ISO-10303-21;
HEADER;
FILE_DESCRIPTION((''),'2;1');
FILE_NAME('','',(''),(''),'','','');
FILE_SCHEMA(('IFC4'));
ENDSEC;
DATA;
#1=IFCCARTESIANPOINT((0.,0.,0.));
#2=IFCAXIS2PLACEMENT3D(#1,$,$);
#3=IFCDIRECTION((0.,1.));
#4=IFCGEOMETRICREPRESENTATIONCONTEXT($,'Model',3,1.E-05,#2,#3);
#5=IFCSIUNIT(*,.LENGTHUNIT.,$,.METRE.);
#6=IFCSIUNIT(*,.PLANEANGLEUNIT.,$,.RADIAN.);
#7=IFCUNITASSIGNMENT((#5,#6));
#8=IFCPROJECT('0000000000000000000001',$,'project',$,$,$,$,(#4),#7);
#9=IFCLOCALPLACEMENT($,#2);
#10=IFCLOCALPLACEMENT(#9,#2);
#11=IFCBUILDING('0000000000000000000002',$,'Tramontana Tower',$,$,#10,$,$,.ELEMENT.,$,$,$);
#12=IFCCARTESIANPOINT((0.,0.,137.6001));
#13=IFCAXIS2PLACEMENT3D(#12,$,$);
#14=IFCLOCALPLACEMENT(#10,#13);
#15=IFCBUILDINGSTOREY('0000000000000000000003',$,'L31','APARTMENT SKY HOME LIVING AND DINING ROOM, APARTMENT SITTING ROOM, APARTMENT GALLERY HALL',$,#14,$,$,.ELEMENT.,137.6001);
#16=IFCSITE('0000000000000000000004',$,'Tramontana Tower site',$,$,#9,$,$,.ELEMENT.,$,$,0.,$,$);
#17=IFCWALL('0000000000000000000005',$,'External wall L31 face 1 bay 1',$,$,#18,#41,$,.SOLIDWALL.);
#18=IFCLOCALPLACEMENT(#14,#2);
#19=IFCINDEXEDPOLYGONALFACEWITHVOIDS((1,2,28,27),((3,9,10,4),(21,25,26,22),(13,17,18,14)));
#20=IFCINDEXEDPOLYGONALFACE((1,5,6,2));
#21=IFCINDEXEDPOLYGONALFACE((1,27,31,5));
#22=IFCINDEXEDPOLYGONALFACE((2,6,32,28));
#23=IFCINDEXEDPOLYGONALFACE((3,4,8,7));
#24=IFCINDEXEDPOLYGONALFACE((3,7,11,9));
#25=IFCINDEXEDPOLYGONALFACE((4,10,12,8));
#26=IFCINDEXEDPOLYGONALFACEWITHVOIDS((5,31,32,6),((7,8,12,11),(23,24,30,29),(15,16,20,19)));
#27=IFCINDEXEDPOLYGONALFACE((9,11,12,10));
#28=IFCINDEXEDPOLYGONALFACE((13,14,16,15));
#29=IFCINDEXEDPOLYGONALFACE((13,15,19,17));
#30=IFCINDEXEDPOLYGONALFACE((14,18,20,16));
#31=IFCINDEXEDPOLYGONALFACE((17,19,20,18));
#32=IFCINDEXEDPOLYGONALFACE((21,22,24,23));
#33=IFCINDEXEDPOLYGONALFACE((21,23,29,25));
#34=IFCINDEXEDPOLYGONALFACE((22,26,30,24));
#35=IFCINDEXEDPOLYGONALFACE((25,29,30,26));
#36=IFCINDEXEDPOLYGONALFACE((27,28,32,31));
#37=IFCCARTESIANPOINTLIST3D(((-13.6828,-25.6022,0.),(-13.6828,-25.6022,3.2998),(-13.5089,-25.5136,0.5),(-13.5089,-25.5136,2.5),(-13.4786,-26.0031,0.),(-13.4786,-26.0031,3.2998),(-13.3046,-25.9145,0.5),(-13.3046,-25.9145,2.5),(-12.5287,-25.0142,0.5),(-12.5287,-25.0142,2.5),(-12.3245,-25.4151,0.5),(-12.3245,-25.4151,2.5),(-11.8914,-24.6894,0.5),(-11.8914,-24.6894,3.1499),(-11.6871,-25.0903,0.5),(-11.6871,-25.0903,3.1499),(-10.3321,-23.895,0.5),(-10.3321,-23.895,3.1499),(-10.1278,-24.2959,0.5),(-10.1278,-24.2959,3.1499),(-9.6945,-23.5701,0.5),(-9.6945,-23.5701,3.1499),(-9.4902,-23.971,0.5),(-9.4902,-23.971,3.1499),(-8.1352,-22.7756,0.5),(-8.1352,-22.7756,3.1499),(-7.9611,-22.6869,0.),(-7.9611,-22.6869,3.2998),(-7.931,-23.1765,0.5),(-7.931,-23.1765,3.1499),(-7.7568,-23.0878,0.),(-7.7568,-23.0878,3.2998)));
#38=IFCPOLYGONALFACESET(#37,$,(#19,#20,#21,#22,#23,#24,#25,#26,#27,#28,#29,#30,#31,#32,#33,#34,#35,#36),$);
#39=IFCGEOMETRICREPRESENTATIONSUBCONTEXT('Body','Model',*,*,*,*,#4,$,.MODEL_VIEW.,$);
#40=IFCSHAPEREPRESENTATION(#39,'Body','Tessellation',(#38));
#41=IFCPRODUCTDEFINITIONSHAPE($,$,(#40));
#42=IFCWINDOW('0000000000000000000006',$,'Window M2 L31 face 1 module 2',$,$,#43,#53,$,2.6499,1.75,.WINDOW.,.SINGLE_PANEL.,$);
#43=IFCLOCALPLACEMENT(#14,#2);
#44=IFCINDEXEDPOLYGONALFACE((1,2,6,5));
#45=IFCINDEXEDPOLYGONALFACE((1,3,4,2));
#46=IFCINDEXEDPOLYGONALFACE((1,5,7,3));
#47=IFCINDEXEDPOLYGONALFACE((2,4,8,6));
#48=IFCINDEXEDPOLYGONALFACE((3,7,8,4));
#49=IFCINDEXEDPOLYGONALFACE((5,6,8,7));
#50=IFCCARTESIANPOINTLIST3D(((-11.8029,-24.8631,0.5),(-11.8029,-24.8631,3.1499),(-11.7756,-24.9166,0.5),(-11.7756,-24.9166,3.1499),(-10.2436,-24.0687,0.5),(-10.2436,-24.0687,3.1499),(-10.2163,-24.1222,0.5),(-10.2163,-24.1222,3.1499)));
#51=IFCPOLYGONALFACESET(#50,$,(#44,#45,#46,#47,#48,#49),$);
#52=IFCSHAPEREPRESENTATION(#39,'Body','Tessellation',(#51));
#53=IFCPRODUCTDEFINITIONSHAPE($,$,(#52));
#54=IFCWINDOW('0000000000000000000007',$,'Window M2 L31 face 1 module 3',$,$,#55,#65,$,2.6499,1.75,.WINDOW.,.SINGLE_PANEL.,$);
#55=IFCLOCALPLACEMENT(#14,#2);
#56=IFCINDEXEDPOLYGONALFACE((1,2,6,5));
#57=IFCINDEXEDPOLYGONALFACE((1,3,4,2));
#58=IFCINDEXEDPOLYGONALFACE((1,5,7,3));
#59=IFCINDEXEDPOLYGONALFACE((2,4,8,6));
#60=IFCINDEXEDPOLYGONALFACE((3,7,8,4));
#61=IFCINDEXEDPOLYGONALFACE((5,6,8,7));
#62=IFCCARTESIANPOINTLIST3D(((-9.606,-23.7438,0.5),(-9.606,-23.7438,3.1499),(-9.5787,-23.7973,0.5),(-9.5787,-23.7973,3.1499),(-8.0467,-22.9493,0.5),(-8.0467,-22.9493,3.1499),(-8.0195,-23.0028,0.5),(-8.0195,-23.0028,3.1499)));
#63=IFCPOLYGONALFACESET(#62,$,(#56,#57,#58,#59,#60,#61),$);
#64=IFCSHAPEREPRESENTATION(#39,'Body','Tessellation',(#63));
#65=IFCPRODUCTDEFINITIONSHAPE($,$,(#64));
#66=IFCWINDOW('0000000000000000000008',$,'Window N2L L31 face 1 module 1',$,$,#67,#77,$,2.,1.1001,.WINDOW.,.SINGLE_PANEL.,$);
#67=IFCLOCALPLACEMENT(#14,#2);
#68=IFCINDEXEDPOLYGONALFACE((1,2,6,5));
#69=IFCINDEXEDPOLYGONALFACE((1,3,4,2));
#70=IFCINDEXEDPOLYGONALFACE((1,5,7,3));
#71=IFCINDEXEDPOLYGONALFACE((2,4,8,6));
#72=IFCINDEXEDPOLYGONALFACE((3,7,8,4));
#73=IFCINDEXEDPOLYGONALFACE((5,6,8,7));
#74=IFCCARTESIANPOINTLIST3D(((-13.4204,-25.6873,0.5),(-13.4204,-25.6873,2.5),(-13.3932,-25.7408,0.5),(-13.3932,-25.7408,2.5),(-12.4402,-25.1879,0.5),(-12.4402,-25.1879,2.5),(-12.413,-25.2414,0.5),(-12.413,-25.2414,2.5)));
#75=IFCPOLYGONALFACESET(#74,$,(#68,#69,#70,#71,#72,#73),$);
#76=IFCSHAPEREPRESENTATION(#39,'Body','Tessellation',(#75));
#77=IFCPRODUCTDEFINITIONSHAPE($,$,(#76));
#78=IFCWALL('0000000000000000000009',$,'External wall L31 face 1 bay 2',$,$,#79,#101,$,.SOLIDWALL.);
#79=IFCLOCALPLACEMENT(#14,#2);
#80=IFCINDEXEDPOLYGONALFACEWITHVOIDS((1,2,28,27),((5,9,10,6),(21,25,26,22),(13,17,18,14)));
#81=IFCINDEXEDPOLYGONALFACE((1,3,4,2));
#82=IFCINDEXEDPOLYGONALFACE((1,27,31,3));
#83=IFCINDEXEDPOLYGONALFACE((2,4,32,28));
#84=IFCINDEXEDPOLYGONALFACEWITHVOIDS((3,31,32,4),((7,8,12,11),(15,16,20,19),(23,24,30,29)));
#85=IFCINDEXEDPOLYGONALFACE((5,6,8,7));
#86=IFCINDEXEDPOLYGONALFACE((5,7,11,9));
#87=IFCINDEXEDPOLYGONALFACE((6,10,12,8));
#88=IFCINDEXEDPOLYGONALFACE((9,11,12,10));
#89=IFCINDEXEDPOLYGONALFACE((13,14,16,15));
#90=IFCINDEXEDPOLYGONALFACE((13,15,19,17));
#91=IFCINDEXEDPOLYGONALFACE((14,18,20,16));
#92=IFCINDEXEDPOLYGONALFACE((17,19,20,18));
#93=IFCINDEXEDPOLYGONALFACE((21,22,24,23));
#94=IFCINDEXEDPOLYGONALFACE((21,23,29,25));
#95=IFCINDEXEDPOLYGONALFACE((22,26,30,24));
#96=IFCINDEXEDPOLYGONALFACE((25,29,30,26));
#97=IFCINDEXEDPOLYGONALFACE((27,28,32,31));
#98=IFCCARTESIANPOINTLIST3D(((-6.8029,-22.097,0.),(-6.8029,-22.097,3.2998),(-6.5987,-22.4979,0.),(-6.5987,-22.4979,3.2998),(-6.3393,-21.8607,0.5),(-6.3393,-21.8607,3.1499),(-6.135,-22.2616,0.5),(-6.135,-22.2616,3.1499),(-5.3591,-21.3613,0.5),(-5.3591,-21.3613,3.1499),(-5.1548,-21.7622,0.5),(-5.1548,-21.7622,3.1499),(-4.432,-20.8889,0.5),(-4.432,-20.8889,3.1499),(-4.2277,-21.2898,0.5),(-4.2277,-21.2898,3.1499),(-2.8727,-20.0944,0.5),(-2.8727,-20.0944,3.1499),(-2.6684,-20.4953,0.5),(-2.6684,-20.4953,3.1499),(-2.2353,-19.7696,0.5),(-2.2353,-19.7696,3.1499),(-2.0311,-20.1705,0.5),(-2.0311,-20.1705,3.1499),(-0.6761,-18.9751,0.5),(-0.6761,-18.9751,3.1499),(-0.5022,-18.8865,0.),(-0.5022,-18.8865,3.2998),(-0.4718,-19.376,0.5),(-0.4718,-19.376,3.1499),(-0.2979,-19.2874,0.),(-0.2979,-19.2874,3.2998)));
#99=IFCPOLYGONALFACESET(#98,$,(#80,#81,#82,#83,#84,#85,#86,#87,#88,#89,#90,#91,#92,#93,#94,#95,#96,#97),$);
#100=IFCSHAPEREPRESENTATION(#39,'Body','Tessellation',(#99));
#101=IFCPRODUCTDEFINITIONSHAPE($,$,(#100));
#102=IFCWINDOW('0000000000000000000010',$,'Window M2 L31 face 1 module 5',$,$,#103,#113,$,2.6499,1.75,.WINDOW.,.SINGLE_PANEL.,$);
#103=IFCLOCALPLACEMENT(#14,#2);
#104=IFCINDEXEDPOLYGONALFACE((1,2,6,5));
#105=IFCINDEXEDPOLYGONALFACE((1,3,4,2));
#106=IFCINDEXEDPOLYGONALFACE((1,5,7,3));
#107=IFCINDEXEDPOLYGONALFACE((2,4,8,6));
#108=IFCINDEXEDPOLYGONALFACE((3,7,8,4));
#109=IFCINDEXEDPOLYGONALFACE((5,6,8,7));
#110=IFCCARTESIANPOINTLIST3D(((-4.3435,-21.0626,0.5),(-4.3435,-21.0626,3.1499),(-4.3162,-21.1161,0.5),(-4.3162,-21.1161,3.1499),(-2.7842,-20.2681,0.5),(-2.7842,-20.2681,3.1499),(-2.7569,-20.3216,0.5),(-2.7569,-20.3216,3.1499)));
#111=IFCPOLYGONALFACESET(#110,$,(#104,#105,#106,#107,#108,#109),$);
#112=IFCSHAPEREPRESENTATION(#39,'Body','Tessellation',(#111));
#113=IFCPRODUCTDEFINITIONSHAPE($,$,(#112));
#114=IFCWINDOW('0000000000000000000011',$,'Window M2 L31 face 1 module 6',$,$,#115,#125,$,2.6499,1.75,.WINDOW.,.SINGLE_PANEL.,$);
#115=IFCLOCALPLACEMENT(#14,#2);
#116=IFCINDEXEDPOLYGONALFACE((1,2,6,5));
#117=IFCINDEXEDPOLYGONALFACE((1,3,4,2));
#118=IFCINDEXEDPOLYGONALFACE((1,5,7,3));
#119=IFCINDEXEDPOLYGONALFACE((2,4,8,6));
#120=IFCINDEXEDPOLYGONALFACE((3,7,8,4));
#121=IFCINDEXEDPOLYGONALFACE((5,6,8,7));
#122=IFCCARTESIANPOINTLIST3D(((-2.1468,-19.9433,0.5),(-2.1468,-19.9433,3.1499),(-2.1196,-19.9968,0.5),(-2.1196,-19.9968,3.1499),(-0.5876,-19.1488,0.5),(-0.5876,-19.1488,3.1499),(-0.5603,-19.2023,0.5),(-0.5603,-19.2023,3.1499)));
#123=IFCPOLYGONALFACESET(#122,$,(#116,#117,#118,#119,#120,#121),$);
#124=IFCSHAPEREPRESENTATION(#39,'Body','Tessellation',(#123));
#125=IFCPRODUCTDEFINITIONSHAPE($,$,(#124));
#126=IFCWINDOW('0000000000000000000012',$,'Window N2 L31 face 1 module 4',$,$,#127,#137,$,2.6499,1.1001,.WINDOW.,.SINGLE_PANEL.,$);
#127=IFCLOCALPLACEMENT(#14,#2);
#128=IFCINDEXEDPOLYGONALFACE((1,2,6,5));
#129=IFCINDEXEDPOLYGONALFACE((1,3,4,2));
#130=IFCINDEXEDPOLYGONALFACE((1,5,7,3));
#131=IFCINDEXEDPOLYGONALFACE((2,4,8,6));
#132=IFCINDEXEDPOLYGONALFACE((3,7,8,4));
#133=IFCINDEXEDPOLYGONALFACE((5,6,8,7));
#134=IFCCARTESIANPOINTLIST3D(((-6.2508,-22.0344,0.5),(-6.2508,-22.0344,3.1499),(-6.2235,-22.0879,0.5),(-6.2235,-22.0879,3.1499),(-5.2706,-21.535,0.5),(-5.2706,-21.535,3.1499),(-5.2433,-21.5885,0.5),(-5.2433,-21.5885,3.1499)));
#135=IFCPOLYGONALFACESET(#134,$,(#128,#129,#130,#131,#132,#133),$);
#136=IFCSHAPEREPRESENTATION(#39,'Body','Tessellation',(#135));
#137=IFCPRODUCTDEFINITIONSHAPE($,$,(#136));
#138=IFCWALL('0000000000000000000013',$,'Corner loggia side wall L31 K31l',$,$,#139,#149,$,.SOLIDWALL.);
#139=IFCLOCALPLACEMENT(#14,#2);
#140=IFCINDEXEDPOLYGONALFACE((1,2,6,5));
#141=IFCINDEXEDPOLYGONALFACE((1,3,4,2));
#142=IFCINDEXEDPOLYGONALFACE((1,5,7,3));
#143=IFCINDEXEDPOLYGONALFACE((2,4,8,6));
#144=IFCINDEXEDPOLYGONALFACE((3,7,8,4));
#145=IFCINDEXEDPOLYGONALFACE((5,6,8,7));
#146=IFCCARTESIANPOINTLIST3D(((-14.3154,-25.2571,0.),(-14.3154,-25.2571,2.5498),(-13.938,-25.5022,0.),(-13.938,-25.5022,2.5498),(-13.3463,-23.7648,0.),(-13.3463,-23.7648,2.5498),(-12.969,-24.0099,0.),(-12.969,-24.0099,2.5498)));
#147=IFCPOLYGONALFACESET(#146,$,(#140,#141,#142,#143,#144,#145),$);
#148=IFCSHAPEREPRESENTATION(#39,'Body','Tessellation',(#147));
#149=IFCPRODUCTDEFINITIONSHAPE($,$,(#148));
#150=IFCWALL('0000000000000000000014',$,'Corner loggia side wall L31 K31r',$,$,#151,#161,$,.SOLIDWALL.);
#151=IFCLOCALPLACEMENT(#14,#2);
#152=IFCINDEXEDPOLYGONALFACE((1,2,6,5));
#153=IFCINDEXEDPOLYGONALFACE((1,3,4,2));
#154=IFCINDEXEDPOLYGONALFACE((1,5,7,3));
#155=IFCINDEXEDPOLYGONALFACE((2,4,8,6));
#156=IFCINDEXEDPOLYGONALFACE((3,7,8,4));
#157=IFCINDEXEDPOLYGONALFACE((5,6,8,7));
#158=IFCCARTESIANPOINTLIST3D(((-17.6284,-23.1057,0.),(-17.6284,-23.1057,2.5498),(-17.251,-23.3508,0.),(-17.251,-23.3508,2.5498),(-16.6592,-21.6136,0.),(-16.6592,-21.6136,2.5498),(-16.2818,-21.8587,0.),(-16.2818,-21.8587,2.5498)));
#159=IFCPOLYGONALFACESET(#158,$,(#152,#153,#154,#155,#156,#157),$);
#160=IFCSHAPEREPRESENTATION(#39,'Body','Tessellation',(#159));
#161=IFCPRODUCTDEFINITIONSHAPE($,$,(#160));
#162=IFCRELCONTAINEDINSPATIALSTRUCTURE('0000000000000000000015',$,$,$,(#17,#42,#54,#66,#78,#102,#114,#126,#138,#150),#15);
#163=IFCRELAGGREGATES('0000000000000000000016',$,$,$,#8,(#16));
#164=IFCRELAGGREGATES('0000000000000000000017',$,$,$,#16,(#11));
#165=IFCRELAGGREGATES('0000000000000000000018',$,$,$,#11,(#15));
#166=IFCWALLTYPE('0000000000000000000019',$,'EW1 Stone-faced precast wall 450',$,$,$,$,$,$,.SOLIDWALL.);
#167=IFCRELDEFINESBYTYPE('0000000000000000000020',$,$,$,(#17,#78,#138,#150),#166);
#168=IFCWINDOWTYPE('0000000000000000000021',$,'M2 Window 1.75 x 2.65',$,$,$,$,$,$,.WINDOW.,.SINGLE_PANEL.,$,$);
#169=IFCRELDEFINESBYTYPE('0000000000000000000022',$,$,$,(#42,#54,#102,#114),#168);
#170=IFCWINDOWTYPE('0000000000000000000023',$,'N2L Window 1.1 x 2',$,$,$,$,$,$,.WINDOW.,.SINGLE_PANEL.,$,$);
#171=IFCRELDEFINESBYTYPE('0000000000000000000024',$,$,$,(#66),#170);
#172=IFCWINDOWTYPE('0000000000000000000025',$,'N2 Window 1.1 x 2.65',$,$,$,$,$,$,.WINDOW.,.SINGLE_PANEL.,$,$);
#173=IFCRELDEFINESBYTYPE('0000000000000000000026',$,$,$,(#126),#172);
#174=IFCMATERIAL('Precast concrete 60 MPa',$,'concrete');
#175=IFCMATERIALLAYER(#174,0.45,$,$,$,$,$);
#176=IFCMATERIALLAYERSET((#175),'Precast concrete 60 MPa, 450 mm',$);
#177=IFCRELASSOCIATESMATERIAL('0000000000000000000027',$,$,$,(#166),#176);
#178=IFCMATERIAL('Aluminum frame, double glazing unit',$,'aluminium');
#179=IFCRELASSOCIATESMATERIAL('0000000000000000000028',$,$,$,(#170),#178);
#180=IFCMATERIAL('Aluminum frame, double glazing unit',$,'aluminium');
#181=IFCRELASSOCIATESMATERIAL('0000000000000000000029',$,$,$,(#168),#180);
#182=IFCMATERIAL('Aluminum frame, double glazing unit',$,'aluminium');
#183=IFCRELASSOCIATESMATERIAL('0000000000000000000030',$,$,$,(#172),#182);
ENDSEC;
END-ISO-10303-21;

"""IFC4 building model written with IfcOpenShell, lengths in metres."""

from ifc_helpers import new_model, si_unit, direction, frame, frame_2d, origin, place, context, subcontext, project, spatial, rectangle, extrude, material, layer, layer_set, type_object, element, fill, save


model = new_model("IFC4")

# Units and contexts
model_context = context("Model", 3, precision=1e-05, world=origin(), true_north=direction((0.0, 1.0)))
body_context = subcontext(model_context, "Body", "Model", "MODEL_VIEW")
ifc_project = project(units=[si_unit("LENGTHUNIT", "METRE"), si_unit("PLANEANGLEUNIT", "RADIAN")], contexts=[model_context])

# Site, building, storey
site_placement = place(None, origin())
site = spatial("IfcSite", under=ifc_project, at=site_placement, Name="Tramontana Tower site", CompositionType="ELEMENT", RefElevation=0.0)
building_placement = place(site_placement, origin())
building = spatial("IfcBuilding", under=site, at=building_placement, Name="Tramontana Tower", CompositionType="ELEMENT")
storey_placement = place(building_placement, frame((0.0, 0.0, 137.6001)))
storey = spatial("IfcBuildingStorey", under=building, at=storey_placement, Name="L31", Description="APARTMENT SKY HOME LIVING AND DINING ROOM, APARTMENT SITTING ROOM, APARTMENT GALLERY HALL", CompositionType="ELEMENT", Elevation=137.6001)

# Shared definitions
ifc_material_1 = material(Name="Precast concrete 60 MPa", Category="concrete")
ifc_layer_1 = layer(ifc_material_1, 0.45)
ifc_layer_set_1 = layer_set([ifc_layer_1], Name="Precast concrete 60 MPa, 450 mm")
wall_type_1 = type_object("IfcWallType", Name="EW1 Stone-faced precast wall 450", PredefinedType="SOLIDWALL", material=ifc_layer_set_1)
ifc_material_2 = material(Name="Aluminum frame, double glazing unit", Category="aluminium")
window_type_1 = type_object("IfcWindowType", Name="N2L Window 1.1 x 2", PartitioningType="SINGLE_PANEL", PredefinedType="WINDOW", material=ifc_material_2)

# Walls, openings, windows
wall_1_placement = place(storey_placement, frame((-13.5808, -25.8027, 0.0), z_axis=(0.0, 0.0, 1.0), x_axis=(0.89101, 0.453983, 0.0)))
wall_1 = element("IfcWall", 1, at=wall_1_placement, inside=storey, type_object=wall_type_1, Name="External wall L31 face 1 bay 1", PredefinedType="SOLIDWALL", context=body_context, shape_type="SweptSolid", body=[
    extrude(rectangle(XDim=6.4216, YDim=0.45, at=frame_2d((3.2109, 0.0))), origin(), (0.0, 0.0, 1.0), 3.2998),
])
opening_1_placement = place(wall_1_placement, frame((0.1953, 0.0, 0.5)))
opening_1 = element("IfcOpeningElement", 2, at=opening_1_placement, cuts=wall_1, PredefinedType="OPENING", context=body_context, shape_type="SweptSolid", body=[
    extrude(rectangle(XDim=1.1001, YDim=2.0, at=frame_2d((0.55, 1.0))), frame((0.0, 0.2349, 0.0), z_axis=(0.0, -1.0, 0.0), x_axis=(1.0, 0.0, 0.0)), (0.0, 0.0, 1.0), 0.47),
])
opening_2_placement = place(wall_1_placement, frame((2.0107, 0.0, 0.5)))
opening_2 = element("IfcOpeningElement", 3, at=opening_2_placement, cuts=wall_1, PredefinedType="OPENING", context=body_context, shape_type="SweptSolid", body=[
    extrude(rectangle(XDim=1.75, YDim=2.6499, at=frame_2d((0.875, 1.325))), frame((0.0, 0.2349, 0.0), z_axis=(0.0, -1.0, 0.0), x_axis=(1.0, 0.0, 0.0)), (0.0, 0.0, 1.0), 0.47),
])
opening_3_placement = place(wall_1_placement, frame((4.4763, 0.0, 0.5)))
opening_3 = element("IfcOpeningElement", 4, at=opening_3_placement, cuts=wall_1, PredefinedType="OPENING", context=body_context, shape_type="SweptSolid", body=[
    extrude(rectangle(XDim=1.75, YDim=2.6499, at=frame_2d((0.875, 1.325))), frame((0.0, 0.2349, 0.0), z_axis=(0.0, -1.0, 0.0), x_axis=(1.0, 0.0, 0.0)), (0.0, 0.0, 1.0), 0.47),
])
ifc_material_3 = material(Name="Aluminum frame, double glazing unit", Category="aluminium")
window_type_2 = type_object("IfcWindowType", Name="M2 Window 1.75 x 2.65", PartitioningType="SINGLE_PANEL", PredefinedType="WINDOW", material=ifc_material_3)
window_1_placement = place(opening_2_placement, origin())
window_1 = element("IfcWindow", 5, at=window_1_placement, inside=storey, type_object=window_type_2, Name="Window M2 L31 face 1 module 2", OverallHeight=2.6499, OverallWidth=1.75, PartitioningType="SINGLE_PANEL", PredefinedType="WINDOW", context=body_context, shape_type="SweptSolid", body=[
    extrude(rectangle(XDim=1.75, YDim=2.6499, at=frame_2d((0.875, 1.325))), frame((0.0, 0.03, 0.0), z_axis=(0.0, -1.0, 0.0), x_axis=(1.0, 0.0, 0.0)), (0.0, 0.0, 1.0), 0.0601),
])
fill(opening_2, window_1)
window_2_placement = place(opening_3_placement, origin())
window_2 = element("IfcWindow", 6, at=window_2_placement, inside=storey, type_object=window_type_2, Name="Window M2 L31 face 1 module 3", OverallHeight=2.6499, OverallWidth=1.75, PartitioningType="SINGLE_PANEL", PredefinedType="WINDOW", context=body_context, shape_type="SweptSolid", body=[
    extrude(rectangle(XDim=1.75, YDim=2.6499, at=frame_2d((0.875, 1.325))), frame((0.0, 0.03, 0.0), z_axis=(0.0, -1.0, 0.0), x_axis=(1.0, 0.0, 0.0)), (0.0, 0.0, 1.0), 0.0601),
])
fill(opening_3, window_2)
window_3_placement = place(opening_1_placement, origin())
window_3 = element("IfcWindow", 7, at=window_3_placement, inside=storey, type_object=window_type_1, Name="Window N2L L31 face 1 module 1", OverallHeight=2.0, OverallWidth=1.1001, PartitioningType="SINGLE_PANEL", PredefinedType="WINDOW", context=body_context, shape_type="SweptSolid", body=[
    extrude(rectangle(XDim=1.1001, YDim=2.0, at=frame_2d((0.55, 1.0))), frame((0.0, 0.03, 0.0), z_axis=(0.0, -1.0, 0.0), x_axis=(1.0, 0.0, 0.0)), (0.0, 0.0, 1.0), 0.0601),
])
fill(opening_1, window_3)
wall_2_placement = place(storey_placement, frame((-6.7007, -22.2974, 0.0), z_axis=(0.0, 0.0, 1.0), x_axis=(0.891004, 0.453995, 0.0)))
wall_2 = element("IfcWall", 8, at=wall_2_placement, inside=storey, type_object=wall_type_1, Name="External wall L31 face 1 bay 2", PredefinedType="SOLIDWALL", context=body_context, shape_type="SweptSolid", body=[
    extrude(rectangle(XDim=7.0715, YDim=0.45, at=frame_2d((3.5356, 0.0))), origin(), (0.0, 0.0, 1.0), 3.2998),
])
opening_4_placement = place(wall_2_placement, frame((0.5203, 0.0, 0.5)))
opening_4 = element("IfcOpeningElement", 9, at=opening_4_placement, cuts=wall_2, PredefinedType="OPENING", context=body_context, shape_type="SweptSolid", body=[
    extrude(rectangle(XDim=1.1001, YDim=2.6499, at=frame_2d((0.55, 1.325))), frame((0.0, 0.2349, 0.0), z_axis=(0.0, -1.0, 0.0), x_axis=(1.0, 0.0, 0.0)), (0.0, 0.0, 1.0), 0.47),
])
opening_5_placement = place(wall_2_placement, frame((2.6609, 0.0, 0.5)))
opening_5 = element("IfcOpeningElement", 10, at=opening_5_placement, cuts=wall_2, PredefinedType="OPENING", context=body_context, shape_type="SweptSolid", body=[
    extrude(rectangle(XDim=1.75, YDim=2.6499, at=frame_2d((0.875, 1.325))), frame((0.0, 0.2349, 0.0), z_axis=(0.0, -1.0, 0.0), x_axis=(1.0, 0.0, 0.0)), (0.0, 0.0, 1.0), 0.47),
])
opening_6_placement = place(wall_2_placement, frame((5.1262, 0.0, 0.5)))
opening_6 = element("IfcOpeningElement", 11, at=opening_6_placement, cuts=wall_2, PredefinedType="OPENING", context=body_context, shape_type="SweptSolid", body=[
    extrude(rectangle(XDim=1.75, YDim=2.6499, at=frame_2d((0.875, 1.325))), frame((0.0, 0.2349, 0.0), z_axis=(0.0, -1.0, 0.0), x_axis=(1.0, 0.0, 0.0)), (0.0, 0.0, 1.0), 0.47),
])
window_4_placement = place(opening_5_placement, origin())
window_4 = element("IfcWindow", 12, at=window_4_placement, inside=storey, type_object=window_type_2, Name="Window M2 L31 face 1 module 5", OverallHeight=2.6499, OverallWidth=1.75, PartitioningType="SINGLE_PANEL", PredefinedType="WINDOW", context=body_context, shape_type="SweptSolid", body=[
    extrude(rectangle(XDim=1.75, YDim=2.6499, at=frame_2d((0.875, 1.325))), frame((0.0, 0.03, 0.0), z_axis=(0.0, -1.0, 0.0), x_axis=(1.0, 0.0, 0.0)), (0.0, 0.0, 1.0), 0.0601),
])
fill(opening_5, window_4)
window_5_placement = place(opening_6_placement, origin())
window_5 = element("IfcWindow", 13, at=window_5_placement, inside=storey, type_object=window_type_2, Name="Window M2 L31 face 1 module 6", OverallHeight=2.6499, OverallWidth=1.75, PartitioningType="SINGLE_PANEL", PredefinedType="WINDOW", context=body_context, shape_type="SweptSolid", body=[
    extrude(rectangle(XDim=1.75, YDim=2.6499, at=frame_2d((0.875, 1.325))), frame((0.0, 0.03, 0.0), z_axis=(0.0, -1.0, 0.0), x_axis=(1.0, 0.0, 0.0)), (0.0, 0.0, 1.0), 0.0601),
])
fill(opening_6, window_5)
ifc_material_4 = material(Name="Aluminum frame, double glazing unit", Category="aluminium")
window_type_3 = type_object("IfcWindowType", Name="N2 Window 1.1 x 2.65", PartitioningType="SINGLE_PANEL", PredefinedType="WINDOW", material=ifc_material_4)
window_6_placement = place(opening_4_placement, origin())
window_6 = element("IfcWindow", 14, at=window_6_placement, inside=storey, type_object=window_type_3, Name="Window N2 L31 face 1 module 4", OverallHeight=2.6499, OverallWidth=1.1001, PartitioningType="SINGLE_PANEL", PredefinedType="WINDOW", context=body_context, shape_type="SweptSolid", body=[
    extrude(rectangle(XDim=1.1001, YDim=2.6499, at=frame_2d((0.55, 1.325))), frame((0.0, 0.03, 0.0), z_axis=(0.0, -1.0, 0.0), x_axis=(1.0, 0.0, 0.0)), (0.0, 0.0, 1.0), 0.0601),
])
fill(opening_4, window_6)

# Walls
for number, where, z_axis, x_axis, name in (
    (15, (-14.1267, -25.3796, 0.0), (0.0, 0.0, 1.0), (0.544622, 0.838682, 0.0), "Corner loggia side wall L31 K31l"),
    (16, (-17.4397, -23.2283, 0.0), (0.0, 0.0, 1.0), (0.544718, 0.838619, 0.0), "Corner loggia side wall L31 K31r"),
):
    element("IfcWall", number, at=place(storey_placement, frame(where, z_axis=z_axis, x_axis=x_axis)), inside=storey, type_object=wall_type_1, Name=name, PredefinedType="SOLIDWALL", context=body_context, shape_type="SweptSolid", body=[
        extrude(rectangle(XDim=1.7793, YDim=0.45, at=frame_2d((0.8896, 0.0))), origin(), (0.0, 0.0, 1.0), 2.5498),
    ])

save(model, "model.ifc")
